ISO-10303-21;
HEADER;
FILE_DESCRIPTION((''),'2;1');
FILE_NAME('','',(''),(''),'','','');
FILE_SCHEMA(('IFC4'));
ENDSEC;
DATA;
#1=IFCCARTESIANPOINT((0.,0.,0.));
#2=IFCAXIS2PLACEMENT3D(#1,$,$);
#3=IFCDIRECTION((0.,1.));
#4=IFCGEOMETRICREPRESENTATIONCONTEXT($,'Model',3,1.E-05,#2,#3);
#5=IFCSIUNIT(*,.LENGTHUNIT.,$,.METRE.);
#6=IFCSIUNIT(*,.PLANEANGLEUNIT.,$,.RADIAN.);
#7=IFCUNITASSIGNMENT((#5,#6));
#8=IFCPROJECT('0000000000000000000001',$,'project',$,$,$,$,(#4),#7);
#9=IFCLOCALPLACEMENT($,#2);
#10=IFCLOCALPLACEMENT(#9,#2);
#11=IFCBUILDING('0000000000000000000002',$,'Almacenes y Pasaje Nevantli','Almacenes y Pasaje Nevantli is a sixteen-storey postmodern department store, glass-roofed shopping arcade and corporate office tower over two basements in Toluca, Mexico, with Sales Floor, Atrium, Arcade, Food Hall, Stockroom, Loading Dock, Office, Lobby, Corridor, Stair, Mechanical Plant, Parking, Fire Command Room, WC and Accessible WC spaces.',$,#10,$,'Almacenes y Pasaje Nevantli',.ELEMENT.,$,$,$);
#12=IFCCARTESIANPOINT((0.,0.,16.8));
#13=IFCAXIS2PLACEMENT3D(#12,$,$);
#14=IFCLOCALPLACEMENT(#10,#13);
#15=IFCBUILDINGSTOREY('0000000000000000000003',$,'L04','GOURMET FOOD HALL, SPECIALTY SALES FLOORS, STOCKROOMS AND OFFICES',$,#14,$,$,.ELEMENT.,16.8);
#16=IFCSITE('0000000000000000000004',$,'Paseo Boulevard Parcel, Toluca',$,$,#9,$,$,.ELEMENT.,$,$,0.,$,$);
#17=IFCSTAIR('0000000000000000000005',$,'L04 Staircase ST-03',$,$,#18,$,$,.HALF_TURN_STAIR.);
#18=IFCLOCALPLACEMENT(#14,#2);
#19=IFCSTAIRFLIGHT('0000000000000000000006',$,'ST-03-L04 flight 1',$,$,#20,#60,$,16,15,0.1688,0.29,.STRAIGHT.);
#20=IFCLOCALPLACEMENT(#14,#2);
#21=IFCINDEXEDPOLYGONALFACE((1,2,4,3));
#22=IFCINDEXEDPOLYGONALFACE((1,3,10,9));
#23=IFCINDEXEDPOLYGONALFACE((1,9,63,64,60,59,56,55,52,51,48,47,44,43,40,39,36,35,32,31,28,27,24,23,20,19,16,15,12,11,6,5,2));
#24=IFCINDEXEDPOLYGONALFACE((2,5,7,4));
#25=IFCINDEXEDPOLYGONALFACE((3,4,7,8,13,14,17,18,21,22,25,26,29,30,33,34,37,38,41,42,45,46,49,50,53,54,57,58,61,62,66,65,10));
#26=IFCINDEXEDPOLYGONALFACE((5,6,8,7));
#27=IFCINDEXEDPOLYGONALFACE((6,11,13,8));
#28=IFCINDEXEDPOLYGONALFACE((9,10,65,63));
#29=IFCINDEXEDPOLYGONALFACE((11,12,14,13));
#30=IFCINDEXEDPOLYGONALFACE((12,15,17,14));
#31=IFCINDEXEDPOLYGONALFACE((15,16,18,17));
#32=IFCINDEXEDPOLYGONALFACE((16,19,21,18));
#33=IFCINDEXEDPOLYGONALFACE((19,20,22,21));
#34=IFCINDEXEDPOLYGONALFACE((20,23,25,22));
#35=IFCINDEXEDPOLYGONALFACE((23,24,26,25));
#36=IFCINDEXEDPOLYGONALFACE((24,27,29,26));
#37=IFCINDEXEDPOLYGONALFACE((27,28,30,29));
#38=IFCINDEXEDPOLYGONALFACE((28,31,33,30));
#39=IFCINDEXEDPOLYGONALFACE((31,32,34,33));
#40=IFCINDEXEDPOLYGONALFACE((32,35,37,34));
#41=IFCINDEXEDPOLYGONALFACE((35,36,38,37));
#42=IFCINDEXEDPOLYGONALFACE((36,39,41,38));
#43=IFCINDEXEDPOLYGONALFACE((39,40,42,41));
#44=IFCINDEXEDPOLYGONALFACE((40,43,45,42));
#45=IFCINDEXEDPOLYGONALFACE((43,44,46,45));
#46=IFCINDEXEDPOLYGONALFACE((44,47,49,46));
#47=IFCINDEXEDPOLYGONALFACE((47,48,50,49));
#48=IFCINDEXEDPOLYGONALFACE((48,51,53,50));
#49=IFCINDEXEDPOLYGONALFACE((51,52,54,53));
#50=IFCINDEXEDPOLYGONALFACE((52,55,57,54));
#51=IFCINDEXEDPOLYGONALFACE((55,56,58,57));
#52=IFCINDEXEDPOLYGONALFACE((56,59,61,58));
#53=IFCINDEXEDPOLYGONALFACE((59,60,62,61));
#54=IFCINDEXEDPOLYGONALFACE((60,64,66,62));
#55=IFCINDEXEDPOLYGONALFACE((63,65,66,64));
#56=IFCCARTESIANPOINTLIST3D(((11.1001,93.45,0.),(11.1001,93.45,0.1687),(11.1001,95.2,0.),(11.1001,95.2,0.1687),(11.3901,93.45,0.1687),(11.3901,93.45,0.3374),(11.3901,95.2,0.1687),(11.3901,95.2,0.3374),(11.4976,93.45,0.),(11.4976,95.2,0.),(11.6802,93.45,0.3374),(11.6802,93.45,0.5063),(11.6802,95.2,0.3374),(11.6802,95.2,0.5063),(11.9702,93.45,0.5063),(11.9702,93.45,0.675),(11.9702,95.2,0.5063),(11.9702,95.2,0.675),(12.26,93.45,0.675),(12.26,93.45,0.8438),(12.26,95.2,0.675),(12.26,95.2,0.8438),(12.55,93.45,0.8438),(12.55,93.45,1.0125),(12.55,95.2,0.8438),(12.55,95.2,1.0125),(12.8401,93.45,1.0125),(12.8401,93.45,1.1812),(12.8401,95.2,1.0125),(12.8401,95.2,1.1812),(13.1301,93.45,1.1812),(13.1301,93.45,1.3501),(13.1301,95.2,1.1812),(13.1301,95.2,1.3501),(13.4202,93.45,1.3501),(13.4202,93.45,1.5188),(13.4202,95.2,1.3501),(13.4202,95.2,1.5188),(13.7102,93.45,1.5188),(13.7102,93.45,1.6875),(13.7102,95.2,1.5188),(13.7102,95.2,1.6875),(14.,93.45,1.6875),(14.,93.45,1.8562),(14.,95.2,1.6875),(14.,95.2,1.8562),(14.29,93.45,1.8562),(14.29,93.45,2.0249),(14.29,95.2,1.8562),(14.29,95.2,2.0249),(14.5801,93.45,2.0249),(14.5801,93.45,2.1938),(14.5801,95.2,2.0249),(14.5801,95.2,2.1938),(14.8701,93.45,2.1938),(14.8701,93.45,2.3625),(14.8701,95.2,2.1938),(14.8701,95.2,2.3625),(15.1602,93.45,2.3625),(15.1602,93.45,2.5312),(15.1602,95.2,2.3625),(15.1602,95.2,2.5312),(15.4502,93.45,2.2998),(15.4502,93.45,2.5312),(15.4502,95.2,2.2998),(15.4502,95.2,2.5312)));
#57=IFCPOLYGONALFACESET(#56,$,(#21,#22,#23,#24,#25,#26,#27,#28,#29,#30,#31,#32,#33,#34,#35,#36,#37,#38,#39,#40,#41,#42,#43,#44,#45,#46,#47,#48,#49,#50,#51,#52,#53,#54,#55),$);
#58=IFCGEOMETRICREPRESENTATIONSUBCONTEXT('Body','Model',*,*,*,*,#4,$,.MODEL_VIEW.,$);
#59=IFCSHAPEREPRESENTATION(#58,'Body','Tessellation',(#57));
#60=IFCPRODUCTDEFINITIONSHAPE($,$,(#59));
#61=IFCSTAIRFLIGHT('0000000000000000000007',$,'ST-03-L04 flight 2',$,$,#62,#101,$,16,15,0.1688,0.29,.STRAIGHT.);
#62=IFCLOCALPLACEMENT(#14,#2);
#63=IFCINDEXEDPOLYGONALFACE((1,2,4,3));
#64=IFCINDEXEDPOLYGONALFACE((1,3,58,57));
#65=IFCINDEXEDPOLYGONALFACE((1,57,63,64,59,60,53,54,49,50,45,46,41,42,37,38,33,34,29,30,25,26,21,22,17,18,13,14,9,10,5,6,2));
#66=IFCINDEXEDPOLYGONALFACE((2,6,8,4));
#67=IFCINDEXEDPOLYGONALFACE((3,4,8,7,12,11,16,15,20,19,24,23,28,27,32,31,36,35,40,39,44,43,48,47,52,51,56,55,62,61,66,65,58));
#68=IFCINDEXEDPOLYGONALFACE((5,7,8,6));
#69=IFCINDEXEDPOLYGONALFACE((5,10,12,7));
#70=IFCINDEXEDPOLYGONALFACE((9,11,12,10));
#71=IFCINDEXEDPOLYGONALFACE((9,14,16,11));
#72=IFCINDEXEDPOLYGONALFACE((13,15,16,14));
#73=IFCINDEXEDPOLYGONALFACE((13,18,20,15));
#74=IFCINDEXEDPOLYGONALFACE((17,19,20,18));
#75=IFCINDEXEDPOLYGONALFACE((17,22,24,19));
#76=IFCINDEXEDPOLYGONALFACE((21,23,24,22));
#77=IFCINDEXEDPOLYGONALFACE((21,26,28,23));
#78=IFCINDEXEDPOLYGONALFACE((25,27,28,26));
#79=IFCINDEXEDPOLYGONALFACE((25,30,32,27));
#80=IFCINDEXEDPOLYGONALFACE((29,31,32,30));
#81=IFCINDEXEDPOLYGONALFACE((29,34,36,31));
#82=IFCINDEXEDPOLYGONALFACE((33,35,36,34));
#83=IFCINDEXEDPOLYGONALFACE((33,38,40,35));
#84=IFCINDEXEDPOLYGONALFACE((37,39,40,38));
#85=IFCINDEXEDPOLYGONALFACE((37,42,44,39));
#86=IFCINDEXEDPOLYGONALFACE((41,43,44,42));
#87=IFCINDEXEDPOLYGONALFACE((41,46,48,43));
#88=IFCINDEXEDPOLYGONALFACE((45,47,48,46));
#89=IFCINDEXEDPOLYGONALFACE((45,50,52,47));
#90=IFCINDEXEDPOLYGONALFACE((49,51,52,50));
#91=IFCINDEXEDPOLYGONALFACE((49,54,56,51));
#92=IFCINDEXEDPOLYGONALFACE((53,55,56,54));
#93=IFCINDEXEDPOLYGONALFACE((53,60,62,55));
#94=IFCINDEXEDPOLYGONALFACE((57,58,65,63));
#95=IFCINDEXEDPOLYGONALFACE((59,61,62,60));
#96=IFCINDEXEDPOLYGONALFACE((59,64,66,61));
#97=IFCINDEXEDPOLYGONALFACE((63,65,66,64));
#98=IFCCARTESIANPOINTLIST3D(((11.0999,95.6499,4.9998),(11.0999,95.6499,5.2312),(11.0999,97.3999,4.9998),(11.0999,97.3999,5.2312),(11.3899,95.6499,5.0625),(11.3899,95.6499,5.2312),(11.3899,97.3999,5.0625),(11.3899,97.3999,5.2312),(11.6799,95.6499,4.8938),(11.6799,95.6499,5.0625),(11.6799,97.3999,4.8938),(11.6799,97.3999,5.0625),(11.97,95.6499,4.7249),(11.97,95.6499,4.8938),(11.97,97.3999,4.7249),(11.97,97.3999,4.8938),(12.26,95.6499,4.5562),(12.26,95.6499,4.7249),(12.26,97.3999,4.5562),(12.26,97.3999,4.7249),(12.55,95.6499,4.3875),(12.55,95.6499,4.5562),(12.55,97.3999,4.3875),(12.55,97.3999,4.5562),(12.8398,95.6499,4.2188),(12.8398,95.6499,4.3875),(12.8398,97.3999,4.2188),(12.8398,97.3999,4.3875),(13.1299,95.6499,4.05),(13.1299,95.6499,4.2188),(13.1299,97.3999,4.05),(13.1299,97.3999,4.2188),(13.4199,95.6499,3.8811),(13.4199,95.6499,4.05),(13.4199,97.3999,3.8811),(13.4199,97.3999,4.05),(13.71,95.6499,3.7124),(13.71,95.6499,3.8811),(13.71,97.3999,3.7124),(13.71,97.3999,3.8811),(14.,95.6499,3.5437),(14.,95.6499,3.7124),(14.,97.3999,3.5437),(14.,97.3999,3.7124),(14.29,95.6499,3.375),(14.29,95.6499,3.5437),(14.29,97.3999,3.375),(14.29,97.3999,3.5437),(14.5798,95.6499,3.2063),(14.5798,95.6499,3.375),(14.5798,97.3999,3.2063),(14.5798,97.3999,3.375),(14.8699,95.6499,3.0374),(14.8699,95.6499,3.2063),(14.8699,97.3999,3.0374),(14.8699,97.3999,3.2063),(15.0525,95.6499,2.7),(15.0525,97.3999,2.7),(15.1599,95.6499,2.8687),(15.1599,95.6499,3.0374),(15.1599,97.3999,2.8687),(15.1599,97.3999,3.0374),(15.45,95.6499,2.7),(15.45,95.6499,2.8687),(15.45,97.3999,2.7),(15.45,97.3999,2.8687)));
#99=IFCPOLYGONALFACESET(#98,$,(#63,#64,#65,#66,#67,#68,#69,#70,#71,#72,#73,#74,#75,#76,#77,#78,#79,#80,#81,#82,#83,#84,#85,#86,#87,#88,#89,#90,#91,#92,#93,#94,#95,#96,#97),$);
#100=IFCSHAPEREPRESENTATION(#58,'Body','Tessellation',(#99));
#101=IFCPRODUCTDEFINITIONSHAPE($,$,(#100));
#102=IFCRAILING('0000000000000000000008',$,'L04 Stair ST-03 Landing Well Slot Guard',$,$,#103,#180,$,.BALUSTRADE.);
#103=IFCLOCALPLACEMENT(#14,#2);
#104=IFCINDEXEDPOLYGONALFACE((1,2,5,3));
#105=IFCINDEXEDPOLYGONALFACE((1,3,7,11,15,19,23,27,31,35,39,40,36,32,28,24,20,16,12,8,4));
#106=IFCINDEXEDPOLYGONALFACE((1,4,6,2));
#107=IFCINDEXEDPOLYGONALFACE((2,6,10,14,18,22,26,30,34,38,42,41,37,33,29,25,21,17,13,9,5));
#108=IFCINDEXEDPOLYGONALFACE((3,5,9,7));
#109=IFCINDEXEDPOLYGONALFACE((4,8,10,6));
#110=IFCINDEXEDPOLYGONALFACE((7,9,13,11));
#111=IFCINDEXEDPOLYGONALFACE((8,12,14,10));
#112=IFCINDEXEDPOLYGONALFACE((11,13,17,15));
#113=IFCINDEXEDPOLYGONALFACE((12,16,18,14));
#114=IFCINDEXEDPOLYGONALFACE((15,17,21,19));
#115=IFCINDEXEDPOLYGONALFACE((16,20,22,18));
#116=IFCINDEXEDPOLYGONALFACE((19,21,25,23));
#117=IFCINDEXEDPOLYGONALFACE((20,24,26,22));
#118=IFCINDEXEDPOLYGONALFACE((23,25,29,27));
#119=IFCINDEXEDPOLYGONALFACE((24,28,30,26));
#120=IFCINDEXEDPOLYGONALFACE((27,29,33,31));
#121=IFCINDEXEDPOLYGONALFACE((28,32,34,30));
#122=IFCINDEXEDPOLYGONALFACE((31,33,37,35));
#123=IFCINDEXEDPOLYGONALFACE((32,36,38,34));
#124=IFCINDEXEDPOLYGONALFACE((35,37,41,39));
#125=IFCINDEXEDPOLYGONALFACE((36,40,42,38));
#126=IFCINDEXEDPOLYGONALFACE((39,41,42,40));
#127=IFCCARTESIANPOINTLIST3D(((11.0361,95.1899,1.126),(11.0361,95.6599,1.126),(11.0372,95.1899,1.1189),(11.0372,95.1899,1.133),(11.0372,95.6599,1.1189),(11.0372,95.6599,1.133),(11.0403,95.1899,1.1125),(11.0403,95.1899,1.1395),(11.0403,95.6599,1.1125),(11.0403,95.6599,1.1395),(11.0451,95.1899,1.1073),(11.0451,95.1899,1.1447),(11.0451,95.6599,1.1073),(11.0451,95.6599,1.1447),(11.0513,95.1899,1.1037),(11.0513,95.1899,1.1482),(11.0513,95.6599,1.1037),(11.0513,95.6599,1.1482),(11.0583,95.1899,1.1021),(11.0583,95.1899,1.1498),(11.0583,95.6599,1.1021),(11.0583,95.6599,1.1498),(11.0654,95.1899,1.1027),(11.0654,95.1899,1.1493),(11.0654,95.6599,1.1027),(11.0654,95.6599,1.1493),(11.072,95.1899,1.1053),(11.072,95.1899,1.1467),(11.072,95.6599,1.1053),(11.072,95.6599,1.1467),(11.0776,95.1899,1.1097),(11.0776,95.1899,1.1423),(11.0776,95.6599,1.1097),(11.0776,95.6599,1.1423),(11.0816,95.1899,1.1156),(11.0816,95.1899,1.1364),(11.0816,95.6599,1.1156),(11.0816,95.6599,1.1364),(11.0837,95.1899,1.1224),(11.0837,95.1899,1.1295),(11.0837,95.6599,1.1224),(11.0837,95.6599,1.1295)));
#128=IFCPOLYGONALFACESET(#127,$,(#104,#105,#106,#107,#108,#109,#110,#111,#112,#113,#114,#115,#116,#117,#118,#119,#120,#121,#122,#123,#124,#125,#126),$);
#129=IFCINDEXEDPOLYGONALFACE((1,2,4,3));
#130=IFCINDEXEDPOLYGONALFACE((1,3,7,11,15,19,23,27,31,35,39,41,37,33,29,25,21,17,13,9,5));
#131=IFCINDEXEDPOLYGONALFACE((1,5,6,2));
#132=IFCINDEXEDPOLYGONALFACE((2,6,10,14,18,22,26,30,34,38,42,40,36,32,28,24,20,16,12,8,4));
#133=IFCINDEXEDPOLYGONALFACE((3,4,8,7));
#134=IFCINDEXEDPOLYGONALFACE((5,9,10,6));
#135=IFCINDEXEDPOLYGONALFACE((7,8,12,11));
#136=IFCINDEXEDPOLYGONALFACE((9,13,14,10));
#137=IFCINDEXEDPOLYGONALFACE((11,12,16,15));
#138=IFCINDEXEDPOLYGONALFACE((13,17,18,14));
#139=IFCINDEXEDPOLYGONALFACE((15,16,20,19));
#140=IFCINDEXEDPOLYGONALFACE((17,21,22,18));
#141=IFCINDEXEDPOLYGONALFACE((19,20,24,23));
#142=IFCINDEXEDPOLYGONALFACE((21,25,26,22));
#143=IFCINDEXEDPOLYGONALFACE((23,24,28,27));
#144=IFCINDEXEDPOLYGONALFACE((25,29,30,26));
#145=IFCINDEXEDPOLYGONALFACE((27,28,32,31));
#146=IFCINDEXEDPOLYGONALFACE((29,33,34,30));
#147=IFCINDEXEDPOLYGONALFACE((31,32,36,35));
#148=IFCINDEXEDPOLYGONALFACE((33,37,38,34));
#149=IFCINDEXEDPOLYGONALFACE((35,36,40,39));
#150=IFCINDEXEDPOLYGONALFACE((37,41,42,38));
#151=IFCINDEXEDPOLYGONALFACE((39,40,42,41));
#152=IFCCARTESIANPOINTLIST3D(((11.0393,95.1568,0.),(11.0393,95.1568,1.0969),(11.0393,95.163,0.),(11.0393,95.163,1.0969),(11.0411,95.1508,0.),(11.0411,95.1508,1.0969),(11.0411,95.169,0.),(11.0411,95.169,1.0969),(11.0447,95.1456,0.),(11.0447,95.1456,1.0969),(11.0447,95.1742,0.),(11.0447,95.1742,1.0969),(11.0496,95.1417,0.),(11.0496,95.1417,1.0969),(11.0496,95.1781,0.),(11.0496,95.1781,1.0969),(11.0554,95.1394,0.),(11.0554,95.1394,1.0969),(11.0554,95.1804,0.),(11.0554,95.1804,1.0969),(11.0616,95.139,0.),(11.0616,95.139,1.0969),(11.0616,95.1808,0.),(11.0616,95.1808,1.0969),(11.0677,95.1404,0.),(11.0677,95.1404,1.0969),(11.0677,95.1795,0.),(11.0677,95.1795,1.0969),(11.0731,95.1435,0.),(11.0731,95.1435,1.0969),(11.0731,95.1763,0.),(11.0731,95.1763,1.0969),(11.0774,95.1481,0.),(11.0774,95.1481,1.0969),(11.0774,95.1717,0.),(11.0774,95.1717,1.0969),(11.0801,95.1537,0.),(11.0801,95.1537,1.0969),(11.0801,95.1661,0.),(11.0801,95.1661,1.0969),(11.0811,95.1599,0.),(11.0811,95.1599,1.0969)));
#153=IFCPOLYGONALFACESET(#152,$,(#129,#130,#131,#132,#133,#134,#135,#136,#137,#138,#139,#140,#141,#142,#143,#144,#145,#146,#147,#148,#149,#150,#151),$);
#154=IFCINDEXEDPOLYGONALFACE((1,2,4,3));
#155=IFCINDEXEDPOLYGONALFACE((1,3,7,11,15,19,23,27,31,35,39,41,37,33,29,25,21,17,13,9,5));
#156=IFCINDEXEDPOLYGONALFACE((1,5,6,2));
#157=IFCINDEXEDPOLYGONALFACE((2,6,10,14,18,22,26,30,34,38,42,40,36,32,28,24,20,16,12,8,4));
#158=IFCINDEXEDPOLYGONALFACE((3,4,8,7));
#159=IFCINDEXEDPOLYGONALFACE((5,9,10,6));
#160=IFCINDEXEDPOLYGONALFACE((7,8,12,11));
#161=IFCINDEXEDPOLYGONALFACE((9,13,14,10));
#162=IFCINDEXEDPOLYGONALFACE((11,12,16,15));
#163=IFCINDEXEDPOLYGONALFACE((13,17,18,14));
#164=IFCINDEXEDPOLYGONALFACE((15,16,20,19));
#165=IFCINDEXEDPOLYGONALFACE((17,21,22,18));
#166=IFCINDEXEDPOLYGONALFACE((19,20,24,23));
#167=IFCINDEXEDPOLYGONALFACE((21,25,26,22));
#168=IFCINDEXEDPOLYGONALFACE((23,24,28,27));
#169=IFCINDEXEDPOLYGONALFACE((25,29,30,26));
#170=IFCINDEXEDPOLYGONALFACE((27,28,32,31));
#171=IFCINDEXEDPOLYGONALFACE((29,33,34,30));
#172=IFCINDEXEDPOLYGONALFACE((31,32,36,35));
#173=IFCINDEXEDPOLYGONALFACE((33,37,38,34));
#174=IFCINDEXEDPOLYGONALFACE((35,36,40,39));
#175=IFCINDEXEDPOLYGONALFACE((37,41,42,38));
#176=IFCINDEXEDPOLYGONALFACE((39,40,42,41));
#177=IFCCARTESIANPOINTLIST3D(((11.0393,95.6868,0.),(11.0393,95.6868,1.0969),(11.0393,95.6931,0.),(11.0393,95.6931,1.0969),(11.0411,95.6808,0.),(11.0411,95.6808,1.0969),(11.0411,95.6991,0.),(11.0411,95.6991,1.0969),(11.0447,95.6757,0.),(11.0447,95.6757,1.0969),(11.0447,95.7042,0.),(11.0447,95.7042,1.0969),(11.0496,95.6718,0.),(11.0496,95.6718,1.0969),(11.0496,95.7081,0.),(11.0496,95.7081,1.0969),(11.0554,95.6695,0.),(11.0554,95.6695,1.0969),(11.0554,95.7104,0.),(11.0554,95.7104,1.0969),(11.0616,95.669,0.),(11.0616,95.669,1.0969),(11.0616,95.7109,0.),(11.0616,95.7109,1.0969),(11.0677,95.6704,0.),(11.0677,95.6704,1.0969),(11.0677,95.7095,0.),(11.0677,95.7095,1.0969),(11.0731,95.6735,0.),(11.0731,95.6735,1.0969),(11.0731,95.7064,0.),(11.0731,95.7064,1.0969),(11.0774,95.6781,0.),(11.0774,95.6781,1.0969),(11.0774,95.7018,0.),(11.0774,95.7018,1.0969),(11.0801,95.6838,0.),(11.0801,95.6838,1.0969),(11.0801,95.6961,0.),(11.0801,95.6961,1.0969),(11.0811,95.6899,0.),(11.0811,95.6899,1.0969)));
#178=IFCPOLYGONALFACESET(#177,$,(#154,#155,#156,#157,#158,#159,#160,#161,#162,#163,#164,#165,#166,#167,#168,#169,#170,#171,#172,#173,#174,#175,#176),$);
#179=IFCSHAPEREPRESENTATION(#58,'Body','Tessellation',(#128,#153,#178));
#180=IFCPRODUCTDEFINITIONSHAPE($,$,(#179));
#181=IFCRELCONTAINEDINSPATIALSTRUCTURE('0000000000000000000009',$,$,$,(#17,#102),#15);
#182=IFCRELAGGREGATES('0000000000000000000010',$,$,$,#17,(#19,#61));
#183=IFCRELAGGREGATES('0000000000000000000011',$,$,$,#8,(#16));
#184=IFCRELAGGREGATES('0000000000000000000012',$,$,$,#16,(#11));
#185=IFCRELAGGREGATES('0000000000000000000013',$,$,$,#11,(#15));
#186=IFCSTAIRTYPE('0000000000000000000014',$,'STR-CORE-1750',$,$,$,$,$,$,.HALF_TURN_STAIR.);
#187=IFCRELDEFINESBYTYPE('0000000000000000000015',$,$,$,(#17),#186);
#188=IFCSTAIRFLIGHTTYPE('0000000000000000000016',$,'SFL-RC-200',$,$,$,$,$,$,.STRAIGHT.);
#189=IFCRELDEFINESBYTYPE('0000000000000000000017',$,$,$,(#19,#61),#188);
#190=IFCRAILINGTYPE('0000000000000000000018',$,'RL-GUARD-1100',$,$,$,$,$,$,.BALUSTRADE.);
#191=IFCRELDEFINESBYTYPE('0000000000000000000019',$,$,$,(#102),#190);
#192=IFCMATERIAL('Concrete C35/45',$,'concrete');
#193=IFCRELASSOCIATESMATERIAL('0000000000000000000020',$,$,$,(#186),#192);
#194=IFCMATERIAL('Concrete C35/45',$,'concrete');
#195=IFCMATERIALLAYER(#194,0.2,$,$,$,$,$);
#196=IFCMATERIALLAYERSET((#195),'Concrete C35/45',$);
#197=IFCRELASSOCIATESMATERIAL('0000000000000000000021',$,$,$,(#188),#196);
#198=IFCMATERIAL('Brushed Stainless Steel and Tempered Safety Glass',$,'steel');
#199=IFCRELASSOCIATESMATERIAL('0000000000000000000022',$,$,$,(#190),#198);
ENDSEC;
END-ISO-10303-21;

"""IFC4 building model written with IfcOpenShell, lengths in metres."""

from ifc_helpers import new_model, si_unit, direction, frame, origin, origin_2d, place, context, subcontext, project, spatial, polyline, circle, outline, extrude, material, layer, layer_set, type_object, element, aggregate, save


model = new_model("IFC4")

# Units and contexts
model_context = context("Model", 3, precision=1e-05, world=origin(), true_north=direction((0.0, 1.0)))
body_context = subcontext(model_context, "Body", "Model", "MODEL_VIEW")
ifc_project = project(units=[si_unit("LENGTHUNIT", "METRE"), si_unit("PLANEANGLEUNIT", "RADIAN")], contexts=[model_context])

# Site, building, storey
site_placement = place(None, origin())
site = spatial("IfcSite", under=ifc_project, at=site_placement, Name="Paseo Boulevard Parcel, Toluca", CompositionType="ELEMENT", RefElevation=0.0)
building_placement = place(site_placement, origin())
building = spatial("IfcBuilding", under=site, at=building_placement, Name="Almacenes y Pasaje Nevantli", Description="Almacenes y Pasaje Nevantli is a sixteen-storey postmodern department store, glass-roofed shopping arcade and corporate office tower over two basements in Toluca, Mexico, with Sales Floor, Atrium, Arcade, Food Hall, Stockroom, Loading Dock, Office, Lobby, Corridor, Stair, Mechanical Plant, Parking, Fire Command Room, WC and Accessible WC spaces.", LongName="Almacenes y Pasaje Nevantli", CompositionType="ELEMENT")
storey_placement = place(building_placement, frame((0.0, 0.0, 16.8)))
storey = spatial("IfcBuildingStorey", under=building, at=storey_placement, Name="L04", Description="GOURMET FOOD HALL, SPECIALTY SALES FLOORS, STOCKROOMS AND OFFICES", CompositionType="ELEMENT", Elevation=16.8)

# Stair, stair flights
ifc_material_1 = material(Name="Concrete C35/45", Category="concrete")
stair_type = type_object("IfcStairType", Name="STR-CORE-1750", PredefinedType="HALF_TURN_STAIR", material=ifc_material_1)
stair_placement = place(storey_placement, origin())
stair = element("IfcStair", 1, at=stair_placement, inside=storey, type_object=stair_type, Name="L04 Staircase ST-03", PredefinedType="HALF_TURN_STAIR")
ifc_material_2 = material(Name="Concrete C35/45", Category="concrete")
ifc_layer_1 = layer(ifc_material_2, 0.2)
ifc_layer_set_1 = layer_set([ifc_layer_1], Name="Concrete C35/45")
stair_flight_type = type_object("IfcStairFlightType", Name="SFL-RC-200", PredefinedType="STRAIGHT", material=ifc_layer_set_1)
stair_flight_1_placement = place(storey_placement, frame((11.1001, 94.325, 0.0), z_axis=(0.0, 0.0, 1.0), x_axis=(1.0, 0.0, 0.0)))
stair_flight_1 = element("IfcStairFlight", 2, at=stair_flight_1_placement, type_object=stair_flight_type, Name="ST-03-L04 flight 1", NumberOfRisers=16, NumberOfTreads=15, PredefinedType="STRAIGHT", RiserHeight=0.1688, TreadLength=0.29, context=body_context, shape_type="SweptSolid", body=[
    extrude(outline(polyline([(0.0, 0.0), (0.0, 0.1687), (0.29, 0.1687), (0.29, 0.3374), (0.5801, 0.3374), (0.5801, 0.5063), (0.8701, 0.5063), (0.8701, 0.675), (1.1599, 0.675), (1.1599, 0.8438), (1.45, 0.8438), (1.45, 1.0125), (1.74, 1.0125), (1.74, 1.1812), (2.03, 1.1812), (2.03, 1.3501), (2.3201, 1.3501), (2.3201, 1.5188), (2.6101, 1.5188), (2.6101, 1.6875), (2.8999, 1.6875), (2.8999, 1.8562), (3.1899, 1.8562), (3.1899, 2.0249), (3.48, 2.0249), (3.48, 2.1938), (3.77, 2.1938), (3.77, 2.3625), (4.0601, 2.3625), (4.0601, 2.5312), (4.3501, 2.5312), (4.3501, 2.7), (4.3501, 2.2998), (0.3975, 0.0), (0.0, 0.0)])), frame((0.0, 0.875, 0.0), z_axis=(0.0, -1.0, 0.0), x_axis=(1.0, 0.0, 0.0)), (0.0, 0.0, 1.0), 1.75),
])
stair_flight_2_placement = place(storey_placement, frame((15.45, 96.5249, 2.7), z_axis=(0.0, 0.0, 1.0), x_axis=(-1.0, 0.0, 0.0)))
stair_flight_2 = element("IfcStairFlight", 3, at=stair_flight_2_placement, type_object=stair_flight_type, Name="ST-03-L04 flight 2", NumberOfRisers=16, NumberOfTreads=15, PredefinedType="STRAIGHT", RiserHeight=0.1688, TreadLength=0.29, context=body_context, shape_type="SweptSolid", body=[
    extrude(outline(polyline([(0.0, 0.0), (0.0, 0.1687), (0.29, 0.1687), (0.29, 0.3374), (0.5801, 0.3374), (0.5801, 0.5063), (0.8701, 0.5063), (0.8701, 0.675), (1.1599, 0.675), (1.1599, 0.8438), (1.45, 0.8438), (1.45, 1.0125), (1.74, 1.0125), (1.74, 1.1812), (2.03, 1.1812), (2.03, 1.3501), (2.3201, 1.3501), (2.3201, 1.5188), (2.6101, 1.5188), (2.6101, 1.6875), (2.8999, 1.6875), (2.8999, 1.8562), (3.1899, 1.8562), (3.1899, 2.0249), (3.48, 2.0249), (3.48, 2.1938), (3.77, 2.1938), (3.77, 2.3625), (4.0601, 2.3625), (4.0601, 2.5312), (4.3501, 2.5312), (4.3501, 2.7), (4.3501, 2.2998), (0.3975, 0.0), (0.0, 0.0)])), frame((0.0, 0.875, 0.0), z_axis=(0.0, -1.0, 0.0), x_axis=(1.0, 0.0, 0.0)), (0.0, 0.0, 1.0), 1.75),
])
aggregate(stair, [stair_flight_1, stair_flight_2])

# Railing
ifc_material_3 = material(Name="Brushed Stainless Steel and Tempered Safety Glass", Category="steel")
railing_type_1 = type_object("IfcRailingType", Name="RL-GUARD-1100", PredefinedType="BALUSTRADE", material=ifc_material_3)
railing_1_placement = place(storey_placement, frame((11.0601, 95.1599, 0.0)))
element("IfcRailing", 4, at=railing_1_placement, inside=storey, type_object=railing_type_1, Name="L04 Stair ST-03 Landing Well Slot Guard", PredefinedType="BALUSTRADE", context=body_context, shape_type="SweptSolid", body=[
    extrude(circle(Radius=0.0239, at=origin_2d()), frame((0.0, 0.03, 1.126), z_axis=(0.0, 1.0, 0.0), x_axis=(-1.0, 0.0, 0.0)), (0.0, 0.0, 1.0), 0.47),
    extrude(circle(Radius=0.021, at=origin_2d()), origin(), (0.0, 0.0, 1.0), 1.0969),
    extrude(circle(Radius=0.021, at=origin_2d()), frame((0.0, 0.53, 0.0)), (0.0, 0.0, 1.0), 1.0969),
])

save(model, "model.ifc")
